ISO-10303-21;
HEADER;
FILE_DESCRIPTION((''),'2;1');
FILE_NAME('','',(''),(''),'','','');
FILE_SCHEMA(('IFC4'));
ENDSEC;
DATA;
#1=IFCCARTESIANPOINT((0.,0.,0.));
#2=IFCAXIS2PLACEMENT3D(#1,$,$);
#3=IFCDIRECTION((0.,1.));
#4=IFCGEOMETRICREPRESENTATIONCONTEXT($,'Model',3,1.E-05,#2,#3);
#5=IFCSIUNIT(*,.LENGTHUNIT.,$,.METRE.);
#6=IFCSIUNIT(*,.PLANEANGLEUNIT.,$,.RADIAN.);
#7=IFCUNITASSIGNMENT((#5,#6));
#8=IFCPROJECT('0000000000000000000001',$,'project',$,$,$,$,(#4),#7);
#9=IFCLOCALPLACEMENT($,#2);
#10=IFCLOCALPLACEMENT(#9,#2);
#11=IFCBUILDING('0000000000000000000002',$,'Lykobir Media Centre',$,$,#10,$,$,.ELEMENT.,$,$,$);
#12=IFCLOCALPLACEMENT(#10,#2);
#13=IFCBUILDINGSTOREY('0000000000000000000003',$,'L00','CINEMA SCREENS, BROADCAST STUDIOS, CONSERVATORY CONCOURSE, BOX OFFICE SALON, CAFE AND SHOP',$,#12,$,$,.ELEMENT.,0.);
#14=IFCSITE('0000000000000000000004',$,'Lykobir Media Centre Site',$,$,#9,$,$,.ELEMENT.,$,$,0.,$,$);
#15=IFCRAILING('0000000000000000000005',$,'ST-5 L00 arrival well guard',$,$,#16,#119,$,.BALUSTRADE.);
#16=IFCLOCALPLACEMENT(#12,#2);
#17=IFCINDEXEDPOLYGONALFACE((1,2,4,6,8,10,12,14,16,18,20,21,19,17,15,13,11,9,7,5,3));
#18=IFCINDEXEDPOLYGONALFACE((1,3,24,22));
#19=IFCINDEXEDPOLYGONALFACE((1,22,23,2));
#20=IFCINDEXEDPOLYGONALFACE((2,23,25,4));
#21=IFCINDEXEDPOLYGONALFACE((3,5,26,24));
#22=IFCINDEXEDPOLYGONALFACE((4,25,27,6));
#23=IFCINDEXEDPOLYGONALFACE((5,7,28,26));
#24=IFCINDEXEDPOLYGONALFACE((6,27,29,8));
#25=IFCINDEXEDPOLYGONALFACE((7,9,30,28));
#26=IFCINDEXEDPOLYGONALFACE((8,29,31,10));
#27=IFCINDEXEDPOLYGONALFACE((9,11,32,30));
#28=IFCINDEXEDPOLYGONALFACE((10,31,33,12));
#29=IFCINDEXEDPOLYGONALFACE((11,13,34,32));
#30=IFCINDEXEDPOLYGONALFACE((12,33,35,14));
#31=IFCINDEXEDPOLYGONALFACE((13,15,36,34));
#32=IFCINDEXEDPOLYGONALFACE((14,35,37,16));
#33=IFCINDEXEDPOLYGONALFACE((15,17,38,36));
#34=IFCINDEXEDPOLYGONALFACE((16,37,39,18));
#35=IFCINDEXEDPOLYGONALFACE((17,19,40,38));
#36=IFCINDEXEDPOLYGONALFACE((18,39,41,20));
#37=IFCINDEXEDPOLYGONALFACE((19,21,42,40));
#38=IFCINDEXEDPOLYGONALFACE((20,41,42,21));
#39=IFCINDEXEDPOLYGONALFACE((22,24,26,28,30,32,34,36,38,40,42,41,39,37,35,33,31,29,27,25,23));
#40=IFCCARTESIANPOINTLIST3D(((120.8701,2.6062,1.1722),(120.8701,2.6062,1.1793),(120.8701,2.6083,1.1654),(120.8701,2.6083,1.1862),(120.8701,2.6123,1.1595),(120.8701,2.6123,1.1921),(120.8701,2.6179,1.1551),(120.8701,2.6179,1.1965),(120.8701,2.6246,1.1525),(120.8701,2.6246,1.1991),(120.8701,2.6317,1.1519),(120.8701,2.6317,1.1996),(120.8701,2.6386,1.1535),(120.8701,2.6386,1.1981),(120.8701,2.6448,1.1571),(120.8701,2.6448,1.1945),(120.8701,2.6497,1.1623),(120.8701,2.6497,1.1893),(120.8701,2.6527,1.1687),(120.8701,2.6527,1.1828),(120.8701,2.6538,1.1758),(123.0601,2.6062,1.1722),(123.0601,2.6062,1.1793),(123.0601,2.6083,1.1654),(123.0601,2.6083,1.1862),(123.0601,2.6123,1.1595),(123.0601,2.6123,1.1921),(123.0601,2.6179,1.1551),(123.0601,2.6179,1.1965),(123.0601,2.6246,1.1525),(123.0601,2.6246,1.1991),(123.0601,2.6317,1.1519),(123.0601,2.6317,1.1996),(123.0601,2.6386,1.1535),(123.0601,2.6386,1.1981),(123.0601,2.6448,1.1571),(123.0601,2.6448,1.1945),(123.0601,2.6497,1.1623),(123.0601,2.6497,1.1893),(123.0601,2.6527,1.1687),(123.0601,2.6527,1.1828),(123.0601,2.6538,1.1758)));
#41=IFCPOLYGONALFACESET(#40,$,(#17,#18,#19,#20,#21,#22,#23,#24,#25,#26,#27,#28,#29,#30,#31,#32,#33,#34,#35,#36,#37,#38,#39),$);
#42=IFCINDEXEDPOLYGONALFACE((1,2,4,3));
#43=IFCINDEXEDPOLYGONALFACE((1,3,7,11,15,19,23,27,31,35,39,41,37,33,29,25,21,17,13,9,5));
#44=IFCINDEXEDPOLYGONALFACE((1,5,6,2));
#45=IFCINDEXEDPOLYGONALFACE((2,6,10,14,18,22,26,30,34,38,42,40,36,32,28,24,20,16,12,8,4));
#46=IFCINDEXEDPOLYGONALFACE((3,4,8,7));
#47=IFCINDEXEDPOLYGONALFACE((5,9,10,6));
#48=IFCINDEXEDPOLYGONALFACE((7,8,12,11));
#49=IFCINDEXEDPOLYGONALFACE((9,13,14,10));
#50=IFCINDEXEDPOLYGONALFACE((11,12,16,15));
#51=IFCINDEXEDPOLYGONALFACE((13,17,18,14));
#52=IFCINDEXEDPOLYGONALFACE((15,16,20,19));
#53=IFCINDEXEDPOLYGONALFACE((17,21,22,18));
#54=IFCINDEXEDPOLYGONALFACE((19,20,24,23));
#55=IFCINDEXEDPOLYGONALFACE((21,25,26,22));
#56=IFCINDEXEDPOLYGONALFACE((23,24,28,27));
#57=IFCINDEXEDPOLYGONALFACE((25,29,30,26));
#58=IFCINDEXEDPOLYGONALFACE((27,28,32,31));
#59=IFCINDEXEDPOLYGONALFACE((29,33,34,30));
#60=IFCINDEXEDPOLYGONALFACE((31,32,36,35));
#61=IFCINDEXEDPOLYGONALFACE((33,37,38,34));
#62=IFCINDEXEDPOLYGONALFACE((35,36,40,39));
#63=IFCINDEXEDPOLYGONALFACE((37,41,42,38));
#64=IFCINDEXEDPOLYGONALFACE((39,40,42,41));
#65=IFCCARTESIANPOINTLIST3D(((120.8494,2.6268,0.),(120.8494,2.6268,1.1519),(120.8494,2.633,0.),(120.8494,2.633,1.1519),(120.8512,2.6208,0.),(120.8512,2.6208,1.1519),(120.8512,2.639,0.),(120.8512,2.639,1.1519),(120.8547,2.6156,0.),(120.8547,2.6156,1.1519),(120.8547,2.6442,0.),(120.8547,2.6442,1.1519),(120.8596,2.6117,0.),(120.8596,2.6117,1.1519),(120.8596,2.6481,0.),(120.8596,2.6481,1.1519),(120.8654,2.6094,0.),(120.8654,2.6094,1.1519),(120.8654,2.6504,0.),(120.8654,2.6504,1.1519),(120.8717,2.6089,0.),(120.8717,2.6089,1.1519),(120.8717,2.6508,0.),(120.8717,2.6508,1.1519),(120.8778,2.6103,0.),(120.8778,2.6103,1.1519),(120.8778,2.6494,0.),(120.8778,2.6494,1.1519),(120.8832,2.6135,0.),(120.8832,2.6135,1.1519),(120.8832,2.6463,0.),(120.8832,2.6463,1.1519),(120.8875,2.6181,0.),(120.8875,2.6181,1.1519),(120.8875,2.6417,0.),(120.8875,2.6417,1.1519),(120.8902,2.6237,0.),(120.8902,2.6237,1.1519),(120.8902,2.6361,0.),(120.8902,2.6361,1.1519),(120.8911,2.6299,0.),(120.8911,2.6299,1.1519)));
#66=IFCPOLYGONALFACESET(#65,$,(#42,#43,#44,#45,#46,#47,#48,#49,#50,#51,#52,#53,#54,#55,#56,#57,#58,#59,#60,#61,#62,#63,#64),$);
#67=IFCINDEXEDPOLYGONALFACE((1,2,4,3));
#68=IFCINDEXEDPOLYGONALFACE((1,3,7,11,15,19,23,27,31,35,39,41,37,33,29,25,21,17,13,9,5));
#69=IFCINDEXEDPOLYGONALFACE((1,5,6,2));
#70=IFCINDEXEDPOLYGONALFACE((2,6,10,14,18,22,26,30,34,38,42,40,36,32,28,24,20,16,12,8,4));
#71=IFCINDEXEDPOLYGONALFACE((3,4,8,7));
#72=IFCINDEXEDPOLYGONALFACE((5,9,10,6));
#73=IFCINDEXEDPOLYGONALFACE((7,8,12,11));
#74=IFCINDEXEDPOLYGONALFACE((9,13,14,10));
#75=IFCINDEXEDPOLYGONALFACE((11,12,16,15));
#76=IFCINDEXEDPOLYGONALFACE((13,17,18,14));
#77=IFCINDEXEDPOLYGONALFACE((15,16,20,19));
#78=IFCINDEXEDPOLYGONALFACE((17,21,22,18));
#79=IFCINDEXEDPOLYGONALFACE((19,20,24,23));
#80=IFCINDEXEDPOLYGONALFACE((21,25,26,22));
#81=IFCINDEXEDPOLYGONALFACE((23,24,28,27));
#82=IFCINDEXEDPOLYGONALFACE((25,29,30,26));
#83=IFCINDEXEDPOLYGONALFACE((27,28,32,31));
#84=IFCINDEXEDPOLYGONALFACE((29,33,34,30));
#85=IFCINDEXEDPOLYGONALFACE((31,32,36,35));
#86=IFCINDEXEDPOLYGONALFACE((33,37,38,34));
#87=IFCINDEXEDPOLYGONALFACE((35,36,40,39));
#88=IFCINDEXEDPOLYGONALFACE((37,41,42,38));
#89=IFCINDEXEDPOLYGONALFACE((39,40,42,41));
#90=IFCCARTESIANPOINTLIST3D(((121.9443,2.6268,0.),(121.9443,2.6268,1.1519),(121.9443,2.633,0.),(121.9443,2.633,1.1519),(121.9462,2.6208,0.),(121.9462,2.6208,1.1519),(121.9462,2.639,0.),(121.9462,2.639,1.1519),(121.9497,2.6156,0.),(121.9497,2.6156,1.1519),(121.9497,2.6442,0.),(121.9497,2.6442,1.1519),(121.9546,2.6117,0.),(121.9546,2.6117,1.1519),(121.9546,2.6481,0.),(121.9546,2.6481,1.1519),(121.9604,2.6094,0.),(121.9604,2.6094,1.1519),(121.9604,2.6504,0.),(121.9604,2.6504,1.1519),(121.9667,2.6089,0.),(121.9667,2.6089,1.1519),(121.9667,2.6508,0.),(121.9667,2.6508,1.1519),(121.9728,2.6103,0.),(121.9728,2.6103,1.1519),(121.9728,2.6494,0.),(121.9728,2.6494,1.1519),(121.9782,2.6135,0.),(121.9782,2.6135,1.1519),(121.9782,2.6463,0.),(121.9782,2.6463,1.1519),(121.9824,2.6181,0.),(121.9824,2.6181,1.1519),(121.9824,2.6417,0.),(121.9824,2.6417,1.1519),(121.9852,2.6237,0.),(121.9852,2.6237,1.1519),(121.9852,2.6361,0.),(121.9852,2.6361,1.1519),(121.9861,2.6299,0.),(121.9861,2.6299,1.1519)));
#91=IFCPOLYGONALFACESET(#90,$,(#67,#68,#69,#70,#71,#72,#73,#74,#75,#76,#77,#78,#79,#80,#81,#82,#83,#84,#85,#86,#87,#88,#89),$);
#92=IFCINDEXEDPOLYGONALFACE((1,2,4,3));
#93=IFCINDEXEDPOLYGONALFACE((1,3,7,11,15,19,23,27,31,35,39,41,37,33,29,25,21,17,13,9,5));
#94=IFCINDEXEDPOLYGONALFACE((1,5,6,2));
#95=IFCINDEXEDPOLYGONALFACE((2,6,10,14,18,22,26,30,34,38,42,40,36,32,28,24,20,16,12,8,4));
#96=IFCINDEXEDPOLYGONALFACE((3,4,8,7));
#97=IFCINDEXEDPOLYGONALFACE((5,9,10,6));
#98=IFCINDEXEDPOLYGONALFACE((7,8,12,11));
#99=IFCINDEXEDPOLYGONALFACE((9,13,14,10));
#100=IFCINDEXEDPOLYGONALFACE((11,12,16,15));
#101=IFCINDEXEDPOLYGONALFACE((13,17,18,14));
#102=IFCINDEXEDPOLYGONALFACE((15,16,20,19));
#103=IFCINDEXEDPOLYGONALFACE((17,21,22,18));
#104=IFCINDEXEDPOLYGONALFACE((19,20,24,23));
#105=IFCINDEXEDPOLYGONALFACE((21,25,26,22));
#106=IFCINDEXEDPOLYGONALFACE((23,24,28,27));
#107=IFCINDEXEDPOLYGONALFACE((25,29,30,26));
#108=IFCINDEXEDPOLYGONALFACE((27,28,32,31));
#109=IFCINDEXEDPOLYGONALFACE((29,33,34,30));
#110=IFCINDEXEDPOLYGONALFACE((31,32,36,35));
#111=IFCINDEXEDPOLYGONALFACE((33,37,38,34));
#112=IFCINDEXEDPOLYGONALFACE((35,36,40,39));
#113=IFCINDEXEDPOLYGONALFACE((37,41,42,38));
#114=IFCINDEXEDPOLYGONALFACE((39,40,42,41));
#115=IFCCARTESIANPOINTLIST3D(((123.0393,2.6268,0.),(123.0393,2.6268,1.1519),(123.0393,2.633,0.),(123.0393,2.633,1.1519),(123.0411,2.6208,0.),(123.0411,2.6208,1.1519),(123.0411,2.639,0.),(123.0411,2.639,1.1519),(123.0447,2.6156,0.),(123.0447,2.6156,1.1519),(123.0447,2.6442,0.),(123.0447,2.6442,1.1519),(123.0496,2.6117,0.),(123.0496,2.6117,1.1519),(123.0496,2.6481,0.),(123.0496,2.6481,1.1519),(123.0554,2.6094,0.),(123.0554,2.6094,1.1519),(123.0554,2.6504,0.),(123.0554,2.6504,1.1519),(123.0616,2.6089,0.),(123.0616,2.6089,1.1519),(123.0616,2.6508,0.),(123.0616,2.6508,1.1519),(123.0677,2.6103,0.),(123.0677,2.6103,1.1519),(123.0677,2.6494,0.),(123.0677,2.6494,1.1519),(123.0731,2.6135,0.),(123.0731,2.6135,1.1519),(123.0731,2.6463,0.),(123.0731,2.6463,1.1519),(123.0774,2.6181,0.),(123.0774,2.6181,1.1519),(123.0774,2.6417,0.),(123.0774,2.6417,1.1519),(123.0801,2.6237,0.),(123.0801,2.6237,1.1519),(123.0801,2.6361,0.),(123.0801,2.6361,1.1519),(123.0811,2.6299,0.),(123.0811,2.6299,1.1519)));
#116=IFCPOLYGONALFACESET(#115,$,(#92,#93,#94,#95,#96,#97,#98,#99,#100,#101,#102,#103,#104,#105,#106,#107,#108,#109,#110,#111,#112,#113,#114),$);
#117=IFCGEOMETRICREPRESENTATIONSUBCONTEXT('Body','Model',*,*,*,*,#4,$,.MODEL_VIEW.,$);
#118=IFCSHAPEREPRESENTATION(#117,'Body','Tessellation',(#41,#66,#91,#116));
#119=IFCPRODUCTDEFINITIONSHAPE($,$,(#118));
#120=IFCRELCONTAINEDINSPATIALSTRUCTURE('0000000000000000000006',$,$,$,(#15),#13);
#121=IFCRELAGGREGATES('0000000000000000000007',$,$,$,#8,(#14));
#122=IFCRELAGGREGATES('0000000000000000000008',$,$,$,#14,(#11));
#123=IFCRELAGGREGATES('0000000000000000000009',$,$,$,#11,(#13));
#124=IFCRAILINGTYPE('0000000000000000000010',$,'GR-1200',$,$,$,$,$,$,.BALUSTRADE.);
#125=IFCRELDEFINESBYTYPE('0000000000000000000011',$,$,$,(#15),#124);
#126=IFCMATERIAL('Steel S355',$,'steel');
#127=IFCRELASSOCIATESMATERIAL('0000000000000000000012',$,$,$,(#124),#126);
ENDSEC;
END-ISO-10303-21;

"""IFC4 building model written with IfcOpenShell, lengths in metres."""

from ifc_helpers import new_model, si_unit, direction, frame, origin, origin_2d, place, context, subcontext, project, spatial, circle, extrude, material, type_object, element, save


model = new_model("IFC4")

# Units and contexts
model_context = context("Model", 3, precision=1e-05, world=origin(), true_north=direction((0.0, 1.0)))
body_context = subcontext(model_context, "Body", "Model", "MODEL_VIEW")
ifc_project = project(units=[si_unit("LENGTHUNIT", "METRE"), si_unit("PLANEANGLEUNIT", "RADIAN")], contexts=[model_context])

# Site, building, storey
site_placement = place(None, origin())
site = spatial("IfcSite", under=ifc_project, at=site_placement, Name="Lykobir Media Centre Site", CompositionType="ELEMENT", RefElevation=0.0)
building_placement = place(site_placement, origin())
building = spatial("IfcBuilding", under=site, at=building_placement, Name="Lykobir Media Centre", CompositionType="ELEMENT")
storey_placement = place(building_placement, origin())
storey = spatial("IfcBuildingStorey", under=building, at=storey_placement, Name="L00", Description="CINEMA SCREENS, BROADCAST STUDIOS, CONSERVATORY CONCOURSE, BOX OFFICE SALON, CAFE AND SHOP", CompositionType="ELEMENT", Elevation=0.0)

# Shared definitions
ifc_material_1 = material(Name="Steel S355", Category="steel")

# Railing
railing_type_1 = type_object("IfcRailingType", Name="GR-1200", PredefinedType="BALUSTRADE", material=ifc_material_1)
railing_1_placement = place(storey_placement, frame((120.8701, 2.6299, 0.0)))
element("IfcRailing", 1, at=railing_1_placement, inside=storey, type_object=railing_type_1, Name="ST-5 L00 arrival well guard", PredefinedType="BALUSTRADE", context=body_context, shape_type="SweptSolid", body=[
    extrude(circle(Radius=0.0239, at=origin_2d()), frame((0.0, 0.0, 1.1758), z_axis=(1.0, 0.0, 0.0), x_axis=(0.0, 1.0, 0.0)), (0.0, 0.0, 1.0), 2.1899),
    extrude(circle(Radius=0.021, at=origin_2d()), origin(), (0.0, 0.0, 1.0), 1.1519),
    extrude(circle(Radius=0.021, at=origin_2d()), frame((1.095, 0.0, 0.0)), (0.0, 0.0, 1.0), 1.1519),
    extrude(circle(Radius=0.021, at=origin_2d()), frame((2.1899, 0.0, 0.0)), (0.0, 0.0, 1.0), 1.1519),
])

save(model, "model.ifc")
